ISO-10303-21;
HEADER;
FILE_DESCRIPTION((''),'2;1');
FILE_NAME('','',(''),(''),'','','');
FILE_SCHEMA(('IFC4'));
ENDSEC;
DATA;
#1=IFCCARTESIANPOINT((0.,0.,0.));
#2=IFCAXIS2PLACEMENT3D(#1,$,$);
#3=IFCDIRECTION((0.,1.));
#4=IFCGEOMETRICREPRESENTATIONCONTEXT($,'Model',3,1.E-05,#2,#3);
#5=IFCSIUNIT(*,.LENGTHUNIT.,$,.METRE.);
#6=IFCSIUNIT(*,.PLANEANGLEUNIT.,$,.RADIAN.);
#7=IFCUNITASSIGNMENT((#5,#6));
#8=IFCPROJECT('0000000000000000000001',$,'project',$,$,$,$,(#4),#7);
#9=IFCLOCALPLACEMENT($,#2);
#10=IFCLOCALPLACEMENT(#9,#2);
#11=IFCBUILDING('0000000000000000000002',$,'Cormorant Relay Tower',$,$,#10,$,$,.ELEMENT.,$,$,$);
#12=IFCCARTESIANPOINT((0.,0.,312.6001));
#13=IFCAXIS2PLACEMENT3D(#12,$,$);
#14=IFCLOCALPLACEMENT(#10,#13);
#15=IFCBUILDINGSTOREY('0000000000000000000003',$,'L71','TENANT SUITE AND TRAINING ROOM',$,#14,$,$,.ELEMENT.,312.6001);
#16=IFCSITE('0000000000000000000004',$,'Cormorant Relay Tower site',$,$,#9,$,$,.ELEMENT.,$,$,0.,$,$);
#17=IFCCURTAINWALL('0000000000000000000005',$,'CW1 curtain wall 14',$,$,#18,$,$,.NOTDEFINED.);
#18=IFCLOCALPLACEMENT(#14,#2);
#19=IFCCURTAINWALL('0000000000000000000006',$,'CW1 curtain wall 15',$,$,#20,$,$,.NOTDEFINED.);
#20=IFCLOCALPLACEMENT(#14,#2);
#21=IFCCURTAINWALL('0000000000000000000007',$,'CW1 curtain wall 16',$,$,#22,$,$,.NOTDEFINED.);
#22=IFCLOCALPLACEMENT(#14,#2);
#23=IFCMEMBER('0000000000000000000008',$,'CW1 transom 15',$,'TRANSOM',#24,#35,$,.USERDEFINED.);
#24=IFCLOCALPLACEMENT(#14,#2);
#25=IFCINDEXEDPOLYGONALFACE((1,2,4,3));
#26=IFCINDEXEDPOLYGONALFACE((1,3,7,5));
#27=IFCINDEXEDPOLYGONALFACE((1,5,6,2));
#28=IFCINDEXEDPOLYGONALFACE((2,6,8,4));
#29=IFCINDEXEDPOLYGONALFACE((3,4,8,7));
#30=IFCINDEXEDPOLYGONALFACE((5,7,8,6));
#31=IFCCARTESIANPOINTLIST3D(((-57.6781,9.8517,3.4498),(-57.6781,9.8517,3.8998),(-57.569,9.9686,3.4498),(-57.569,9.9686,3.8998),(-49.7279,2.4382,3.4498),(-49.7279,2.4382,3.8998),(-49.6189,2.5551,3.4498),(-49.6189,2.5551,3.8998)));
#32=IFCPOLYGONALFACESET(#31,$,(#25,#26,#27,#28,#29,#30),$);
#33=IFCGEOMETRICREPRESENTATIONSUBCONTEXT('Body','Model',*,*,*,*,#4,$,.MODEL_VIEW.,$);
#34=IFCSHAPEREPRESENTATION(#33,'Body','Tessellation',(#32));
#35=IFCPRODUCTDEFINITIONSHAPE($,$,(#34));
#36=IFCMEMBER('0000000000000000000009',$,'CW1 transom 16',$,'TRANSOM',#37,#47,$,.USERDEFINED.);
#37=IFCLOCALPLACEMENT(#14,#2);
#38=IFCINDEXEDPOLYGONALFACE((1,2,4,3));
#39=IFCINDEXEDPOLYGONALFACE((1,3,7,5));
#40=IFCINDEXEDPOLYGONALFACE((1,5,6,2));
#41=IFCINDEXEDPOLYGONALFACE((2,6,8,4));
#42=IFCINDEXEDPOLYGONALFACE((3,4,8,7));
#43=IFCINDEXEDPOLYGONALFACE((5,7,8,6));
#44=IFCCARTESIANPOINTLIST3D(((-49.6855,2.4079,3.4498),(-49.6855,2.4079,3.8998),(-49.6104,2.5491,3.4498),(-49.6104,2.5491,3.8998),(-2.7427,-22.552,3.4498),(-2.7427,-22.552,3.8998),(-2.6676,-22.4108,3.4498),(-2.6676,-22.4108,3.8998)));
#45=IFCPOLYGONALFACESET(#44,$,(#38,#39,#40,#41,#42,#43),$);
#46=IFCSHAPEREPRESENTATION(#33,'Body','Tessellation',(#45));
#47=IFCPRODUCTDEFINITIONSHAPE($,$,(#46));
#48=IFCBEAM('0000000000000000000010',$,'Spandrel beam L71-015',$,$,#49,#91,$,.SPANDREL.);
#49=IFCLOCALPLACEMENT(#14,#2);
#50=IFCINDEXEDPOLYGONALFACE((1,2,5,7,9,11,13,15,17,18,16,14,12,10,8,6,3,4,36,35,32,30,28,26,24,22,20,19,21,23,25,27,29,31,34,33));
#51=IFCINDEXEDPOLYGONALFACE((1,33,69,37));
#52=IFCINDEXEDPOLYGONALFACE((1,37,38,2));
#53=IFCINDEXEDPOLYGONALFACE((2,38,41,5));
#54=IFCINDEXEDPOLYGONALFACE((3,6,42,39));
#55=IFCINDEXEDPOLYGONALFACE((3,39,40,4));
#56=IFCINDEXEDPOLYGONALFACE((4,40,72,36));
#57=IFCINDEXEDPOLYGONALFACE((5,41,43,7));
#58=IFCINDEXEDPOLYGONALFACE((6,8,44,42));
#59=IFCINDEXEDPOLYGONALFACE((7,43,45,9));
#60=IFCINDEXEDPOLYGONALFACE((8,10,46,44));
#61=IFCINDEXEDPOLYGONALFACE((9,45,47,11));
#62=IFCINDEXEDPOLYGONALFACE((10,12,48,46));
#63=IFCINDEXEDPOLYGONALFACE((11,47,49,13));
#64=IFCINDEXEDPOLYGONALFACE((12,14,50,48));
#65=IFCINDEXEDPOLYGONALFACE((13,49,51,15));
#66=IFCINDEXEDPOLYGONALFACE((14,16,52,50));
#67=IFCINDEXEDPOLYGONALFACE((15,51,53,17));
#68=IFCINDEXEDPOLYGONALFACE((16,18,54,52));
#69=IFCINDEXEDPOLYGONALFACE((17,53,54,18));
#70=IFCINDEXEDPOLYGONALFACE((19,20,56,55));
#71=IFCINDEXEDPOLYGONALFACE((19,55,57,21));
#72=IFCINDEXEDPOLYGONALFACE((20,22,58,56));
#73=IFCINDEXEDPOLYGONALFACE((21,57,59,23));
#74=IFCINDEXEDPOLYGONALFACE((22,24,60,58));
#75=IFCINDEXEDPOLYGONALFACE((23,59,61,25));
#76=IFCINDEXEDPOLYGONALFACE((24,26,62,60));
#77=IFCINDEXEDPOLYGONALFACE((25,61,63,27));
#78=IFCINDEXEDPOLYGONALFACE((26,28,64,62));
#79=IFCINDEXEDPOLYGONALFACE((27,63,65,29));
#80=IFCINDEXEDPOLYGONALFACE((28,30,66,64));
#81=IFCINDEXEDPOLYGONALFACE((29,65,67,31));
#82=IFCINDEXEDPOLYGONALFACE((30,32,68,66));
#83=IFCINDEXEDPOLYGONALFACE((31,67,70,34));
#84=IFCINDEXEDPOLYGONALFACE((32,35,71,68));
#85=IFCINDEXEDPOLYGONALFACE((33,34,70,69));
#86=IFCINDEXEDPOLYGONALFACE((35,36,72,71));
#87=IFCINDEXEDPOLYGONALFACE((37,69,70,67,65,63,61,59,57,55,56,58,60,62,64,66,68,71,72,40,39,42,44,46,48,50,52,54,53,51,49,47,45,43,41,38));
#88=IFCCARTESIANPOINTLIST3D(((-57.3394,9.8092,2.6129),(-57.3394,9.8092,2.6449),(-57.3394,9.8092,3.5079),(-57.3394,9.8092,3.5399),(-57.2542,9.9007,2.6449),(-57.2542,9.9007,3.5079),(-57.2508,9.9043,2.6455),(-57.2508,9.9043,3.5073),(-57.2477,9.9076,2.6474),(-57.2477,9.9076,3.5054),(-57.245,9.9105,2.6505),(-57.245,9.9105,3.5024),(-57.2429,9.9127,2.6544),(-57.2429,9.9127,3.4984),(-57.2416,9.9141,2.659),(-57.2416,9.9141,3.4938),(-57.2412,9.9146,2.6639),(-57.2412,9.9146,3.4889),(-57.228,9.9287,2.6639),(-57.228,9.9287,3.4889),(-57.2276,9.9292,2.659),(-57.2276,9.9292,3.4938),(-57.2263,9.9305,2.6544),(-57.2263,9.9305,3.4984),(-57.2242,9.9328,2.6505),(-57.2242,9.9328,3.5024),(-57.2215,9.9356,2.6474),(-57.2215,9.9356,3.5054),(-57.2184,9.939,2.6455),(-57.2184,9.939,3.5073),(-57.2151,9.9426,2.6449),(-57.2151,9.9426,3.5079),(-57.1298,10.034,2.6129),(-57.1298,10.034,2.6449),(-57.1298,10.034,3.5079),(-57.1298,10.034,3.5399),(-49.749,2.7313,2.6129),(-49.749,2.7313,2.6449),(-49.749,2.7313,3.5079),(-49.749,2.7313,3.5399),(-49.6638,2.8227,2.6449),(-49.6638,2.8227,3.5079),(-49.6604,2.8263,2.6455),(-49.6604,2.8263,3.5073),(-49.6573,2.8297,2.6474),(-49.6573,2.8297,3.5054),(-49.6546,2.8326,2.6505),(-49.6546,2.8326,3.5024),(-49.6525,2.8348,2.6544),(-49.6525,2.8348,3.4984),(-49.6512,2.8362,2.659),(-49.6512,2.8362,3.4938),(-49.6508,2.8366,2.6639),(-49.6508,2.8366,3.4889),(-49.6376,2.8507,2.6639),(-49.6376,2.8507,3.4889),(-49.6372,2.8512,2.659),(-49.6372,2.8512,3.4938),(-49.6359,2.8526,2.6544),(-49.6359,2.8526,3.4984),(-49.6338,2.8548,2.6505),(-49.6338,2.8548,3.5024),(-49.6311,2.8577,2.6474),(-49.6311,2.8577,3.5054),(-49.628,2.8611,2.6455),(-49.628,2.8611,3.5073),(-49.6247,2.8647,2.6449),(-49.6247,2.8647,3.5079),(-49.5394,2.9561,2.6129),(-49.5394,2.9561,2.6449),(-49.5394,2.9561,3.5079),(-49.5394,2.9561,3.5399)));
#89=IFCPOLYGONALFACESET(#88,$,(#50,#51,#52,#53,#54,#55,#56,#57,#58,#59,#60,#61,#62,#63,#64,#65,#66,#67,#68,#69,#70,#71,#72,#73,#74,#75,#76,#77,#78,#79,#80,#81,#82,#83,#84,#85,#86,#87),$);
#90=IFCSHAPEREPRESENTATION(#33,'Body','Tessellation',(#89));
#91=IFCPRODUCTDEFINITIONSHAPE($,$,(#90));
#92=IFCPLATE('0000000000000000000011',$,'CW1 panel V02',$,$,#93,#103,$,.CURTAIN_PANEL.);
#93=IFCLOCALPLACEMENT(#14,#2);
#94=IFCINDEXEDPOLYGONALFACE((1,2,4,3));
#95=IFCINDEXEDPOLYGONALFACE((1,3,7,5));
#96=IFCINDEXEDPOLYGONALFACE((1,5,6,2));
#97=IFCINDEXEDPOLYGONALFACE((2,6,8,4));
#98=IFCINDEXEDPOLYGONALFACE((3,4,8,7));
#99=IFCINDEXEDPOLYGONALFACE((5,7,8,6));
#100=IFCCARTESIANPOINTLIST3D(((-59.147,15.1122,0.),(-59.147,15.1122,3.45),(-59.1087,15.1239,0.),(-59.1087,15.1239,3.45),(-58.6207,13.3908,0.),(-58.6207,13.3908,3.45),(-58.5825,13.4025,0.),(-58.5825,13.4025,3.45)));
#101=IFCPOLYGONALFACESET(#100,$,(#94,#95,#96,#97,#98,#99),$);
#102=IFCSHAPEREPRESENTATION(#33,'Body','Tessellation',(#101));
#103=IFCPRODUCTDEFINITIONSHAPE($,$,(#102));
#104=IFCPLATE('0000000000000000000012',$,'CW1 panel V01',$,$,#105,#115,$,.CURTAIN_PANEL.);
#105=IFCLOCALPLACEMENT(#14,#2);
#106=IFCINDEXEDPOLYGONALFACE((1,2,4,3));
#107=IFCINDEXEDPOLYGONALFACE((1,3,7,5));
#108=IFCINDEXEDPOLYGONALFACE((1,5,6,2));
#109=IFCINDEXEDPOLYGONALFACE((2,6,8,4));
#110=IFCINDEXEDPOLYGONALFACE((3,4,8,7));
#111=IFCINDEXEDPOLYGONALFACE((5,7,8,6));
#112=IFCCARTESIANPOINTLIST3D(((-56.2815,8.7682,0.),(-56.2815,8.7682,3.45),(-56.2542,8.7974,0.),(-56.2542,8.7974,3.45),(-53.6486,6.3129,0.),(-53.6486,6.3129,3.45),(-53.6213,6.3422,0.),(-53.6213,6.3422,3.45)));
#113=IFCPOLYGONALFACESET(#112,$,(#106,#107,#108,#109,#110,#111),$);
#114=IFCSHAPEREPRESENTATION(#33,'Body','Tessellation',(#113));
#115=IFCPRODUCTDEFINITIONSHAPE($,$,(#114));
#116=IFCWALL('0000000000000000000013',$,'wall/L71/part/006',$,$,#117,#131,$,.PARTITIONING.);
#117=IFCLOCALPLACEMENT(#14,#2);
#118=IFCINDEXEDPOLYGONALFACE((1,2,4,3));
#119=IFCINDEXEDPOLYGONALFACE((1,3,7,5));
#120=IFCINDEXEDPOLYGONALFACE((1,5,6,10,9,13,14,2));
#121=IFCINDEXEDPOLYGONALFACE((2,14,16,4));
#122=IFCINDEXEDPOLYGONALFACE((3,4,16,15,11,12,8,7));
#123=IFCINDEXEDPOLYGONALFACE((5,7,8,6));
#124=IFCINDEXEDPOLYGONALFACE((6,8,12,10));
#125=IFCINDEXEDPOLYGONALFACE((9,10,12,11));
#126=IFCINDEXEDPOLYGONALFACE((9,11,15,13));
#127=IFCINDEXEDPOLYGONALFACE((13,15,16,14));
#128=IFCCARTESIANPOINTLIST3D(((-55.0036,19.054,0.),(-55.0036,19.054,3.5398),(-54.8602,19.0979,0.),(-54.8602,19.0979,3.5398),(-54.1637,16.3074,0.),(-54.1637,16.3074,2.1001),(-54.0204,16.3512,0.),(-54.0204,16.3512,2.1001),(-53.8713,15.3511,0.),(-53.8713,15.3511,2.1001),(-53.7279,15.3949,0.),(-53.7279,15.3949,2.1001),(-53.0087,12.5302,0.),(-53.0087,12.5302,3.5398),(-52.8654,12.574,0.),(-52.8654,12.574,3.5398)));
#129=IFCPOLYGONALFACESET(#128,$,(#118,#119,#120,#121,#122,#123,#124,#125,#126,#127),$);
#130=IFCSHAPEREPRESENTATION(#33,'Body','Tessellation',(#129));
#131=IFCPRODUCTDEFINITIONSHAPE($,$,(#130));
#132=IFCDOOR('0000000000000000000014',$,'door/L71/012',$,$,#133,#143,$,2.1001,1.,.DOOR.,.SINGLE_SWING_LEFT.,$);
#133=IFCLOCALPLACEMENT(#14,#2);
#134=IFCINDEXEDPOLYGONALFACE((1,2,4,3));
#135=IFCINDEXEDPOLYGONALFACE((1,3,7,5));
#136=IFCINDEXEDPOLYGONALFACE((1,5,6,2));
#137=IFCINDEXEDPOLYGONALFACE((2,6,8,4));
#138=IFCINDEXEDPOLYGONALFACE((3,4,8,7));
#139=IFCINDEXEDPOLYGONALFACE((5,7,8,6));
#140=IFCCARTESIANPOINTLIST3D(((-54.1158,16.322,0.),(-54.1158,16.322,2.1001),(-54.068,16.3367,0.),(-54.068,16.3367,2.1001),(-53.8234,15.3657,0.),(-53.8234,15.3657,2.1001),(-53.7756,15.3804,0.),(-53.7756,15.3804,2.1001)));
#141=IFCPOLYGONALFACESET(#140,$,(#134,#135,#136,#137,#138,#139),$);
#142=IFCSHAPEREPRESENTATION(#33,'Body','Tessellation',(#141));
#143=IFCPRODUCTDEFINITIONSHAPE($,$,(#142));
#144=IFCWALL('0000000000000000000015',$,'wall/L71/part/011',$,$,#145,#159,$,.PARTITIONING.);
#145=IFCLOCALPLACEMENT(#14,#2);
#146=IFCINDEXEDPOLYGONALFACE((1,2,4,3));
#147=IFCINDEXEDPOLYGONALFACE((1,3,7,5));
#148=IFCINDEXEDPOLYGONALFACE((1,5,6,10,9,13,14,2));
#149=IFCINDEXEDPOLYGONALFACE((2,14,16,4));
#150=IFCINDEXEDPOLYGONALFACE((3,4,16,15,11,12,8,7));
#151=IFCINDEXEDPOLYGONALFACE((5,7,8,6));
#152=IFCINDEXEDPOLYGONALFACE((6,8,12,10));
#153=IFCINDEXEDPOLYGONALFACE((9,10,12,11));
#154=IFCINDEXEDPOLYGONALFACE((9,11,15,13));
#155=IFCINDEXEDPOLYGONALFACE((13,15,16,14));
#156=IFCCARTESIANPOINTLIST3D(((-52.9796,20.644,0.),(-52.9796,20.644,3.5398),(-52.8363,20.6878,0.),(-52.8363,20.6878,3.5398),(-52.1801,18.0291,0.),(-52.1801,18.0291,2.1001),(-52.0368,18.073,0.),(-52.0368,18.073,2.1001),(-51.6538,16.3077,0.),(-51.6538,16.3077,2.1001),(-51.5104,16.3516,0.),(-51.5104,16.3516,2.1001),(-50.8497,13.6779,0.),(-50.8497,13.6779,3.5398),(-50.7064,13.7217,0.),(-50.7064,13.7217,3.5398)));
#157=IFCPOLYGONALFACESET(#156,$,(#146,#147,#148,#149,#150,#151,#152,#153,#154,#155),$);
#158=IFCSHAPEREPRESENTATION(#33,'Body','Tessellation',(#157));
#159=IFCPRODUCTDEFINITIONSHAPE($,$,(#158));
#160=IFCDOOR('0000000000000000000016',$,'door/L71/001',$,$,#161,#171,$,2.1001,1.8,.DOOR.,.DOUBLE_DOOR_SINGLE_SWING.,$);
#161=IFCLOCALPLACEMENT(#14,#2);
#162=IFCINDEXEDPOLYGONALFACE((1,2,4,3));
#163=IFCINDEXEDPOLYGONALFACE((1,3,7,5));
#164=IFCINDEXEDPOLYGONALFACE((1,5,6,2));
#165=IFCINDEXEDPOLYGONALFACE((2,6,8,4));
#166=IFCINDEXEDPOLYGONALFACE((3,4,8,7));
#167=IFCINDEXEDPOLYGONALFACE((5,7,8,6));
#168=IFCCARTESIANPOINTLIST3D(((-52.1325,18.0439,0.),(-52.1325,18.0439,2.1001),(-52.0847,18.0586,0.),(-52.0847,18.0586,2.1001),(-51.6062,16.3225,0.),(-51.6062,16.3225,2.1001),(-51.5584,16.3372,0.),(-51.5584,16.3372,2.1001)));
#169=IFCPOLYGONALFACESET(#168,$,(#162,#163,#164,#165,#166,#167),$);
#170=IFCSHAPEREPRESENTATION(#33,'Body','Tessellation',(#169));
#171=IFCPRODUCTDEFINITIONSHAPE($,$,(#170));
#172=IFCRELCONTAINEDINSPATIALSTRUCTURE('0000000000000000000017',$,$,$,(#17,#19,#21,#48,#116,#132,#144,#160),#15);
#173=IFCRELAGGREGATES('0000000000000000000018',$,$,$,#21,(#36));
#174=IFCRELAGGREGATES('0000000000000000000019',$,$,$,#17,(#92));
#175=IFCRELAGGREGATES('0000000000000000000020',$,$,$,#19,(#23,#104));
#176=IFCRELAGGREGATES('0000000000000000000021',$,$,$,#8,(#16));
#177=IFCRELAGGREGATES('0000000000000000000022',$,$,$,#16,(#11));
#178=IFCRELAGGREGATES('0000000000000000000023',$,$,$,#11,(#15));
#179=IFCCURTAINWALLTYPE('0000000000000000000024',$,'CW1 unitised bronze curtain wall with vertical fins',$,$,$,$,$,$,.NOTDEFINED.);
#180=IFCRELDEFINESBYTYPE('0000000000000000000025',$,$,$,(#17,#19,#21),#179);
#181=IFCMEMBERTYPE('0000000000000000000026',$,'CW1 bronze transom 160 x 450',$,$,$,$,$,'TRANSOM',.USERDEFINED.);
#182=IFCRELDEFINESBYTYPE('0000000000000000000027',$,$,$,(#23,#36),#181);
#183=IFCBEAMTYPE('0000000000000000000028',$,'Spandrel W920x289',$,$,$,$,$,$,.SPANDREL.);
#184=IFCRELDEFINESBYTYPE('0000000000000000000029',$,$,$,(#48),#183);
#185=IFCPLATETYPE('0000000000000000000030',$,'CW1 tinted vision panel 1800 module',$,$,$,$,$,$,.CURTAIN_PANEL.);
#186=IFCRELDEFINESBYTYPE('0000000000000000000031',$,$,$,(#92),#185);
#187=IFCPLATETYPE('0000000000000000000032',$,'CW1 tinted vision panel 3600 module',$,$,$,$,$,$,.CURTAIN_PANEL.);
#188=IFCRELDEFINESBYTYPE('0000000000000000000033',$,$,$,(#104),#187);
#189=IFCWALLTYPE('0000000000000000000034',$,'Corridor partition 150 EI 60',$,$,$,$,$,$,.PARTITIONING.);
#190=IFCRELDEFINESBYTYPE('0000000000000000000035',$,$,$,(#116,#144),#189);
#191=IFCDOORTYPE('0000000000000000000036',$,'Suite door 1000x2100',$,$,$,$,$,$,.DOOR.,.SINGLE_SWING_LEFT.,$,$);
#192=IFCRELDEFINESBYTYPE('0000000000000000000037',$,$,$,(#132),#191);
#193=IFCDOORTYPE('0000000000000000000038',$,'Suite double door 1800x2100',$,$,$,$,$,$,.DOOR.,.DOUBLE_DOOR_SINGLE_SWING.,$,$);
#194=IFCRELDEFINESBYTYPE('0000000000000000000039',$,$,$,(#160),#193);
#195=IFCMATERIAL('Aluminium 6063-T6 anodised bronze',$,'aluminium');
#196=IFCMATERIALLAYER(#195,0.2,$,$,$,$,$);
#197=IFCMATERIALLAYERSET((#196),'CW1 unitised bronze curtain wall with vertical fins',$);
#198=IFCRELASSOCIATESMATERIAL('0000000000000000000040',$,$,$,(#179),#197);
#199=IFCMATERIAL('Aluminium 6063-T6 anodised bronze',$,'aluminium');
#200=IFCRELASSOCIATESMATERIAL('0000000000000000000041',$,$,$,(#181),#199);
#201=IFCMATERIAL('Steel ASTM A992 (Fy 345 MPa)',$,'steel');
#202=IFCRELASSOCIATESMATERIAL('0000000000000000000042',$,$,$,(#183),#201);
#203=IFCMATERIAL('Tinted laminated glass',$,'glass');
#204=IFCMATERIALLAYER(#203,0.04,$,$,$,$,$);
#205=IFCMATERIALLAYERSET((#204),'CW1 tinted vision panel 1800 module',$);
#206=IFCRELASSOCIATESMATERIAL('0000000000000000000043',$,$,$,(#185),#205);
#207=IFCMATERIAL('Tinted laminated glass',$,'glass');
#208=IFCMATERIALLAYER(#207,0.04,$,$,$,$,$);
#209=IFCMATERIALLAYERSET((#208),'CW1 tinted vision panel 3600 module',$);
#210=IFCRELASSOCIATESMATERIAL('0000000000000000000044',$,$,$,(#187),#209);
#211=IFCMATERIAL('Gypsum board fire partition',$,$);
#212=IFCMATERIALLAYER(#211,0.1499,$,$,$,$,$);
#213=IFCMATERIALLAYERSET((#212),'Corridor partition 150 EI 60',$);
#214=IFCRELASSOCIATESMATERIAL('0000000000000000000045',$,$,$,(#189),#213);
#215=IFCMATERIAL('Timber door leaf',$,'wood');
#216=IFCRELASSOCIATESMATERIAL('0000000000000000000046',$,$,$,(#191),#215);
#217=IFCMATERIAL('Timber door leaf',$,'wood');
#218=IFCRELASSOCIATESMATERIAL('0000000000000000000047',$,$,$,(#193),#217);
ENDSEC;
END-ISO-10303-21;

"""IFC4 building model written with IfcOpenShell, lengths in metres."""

from ifc_helpers import new_model, si_unit, direction, frame, frame_2d, origin, origin_2d, place, context, subcontext, project, spatial, rectangle, i_section, extrude, material, layer, layer_set, material_profile, profile_set, type_object, element, fill, aggregate, save


model = new_model("IFC4")

# Units and contexts
model_context = context("Model", 3, precision=1e-05, world=origin(), true_north=direction((0.0, 1.0)))
body_context = subcontext(model_context, "Body", "Model", "MODEL_VIEW")
ifc_project = project(units=[si_unit("LENGTHUNIT", "METRE"), si_unit("PLANEANGLEUNIT", "RADIAN")], contexts=[model_context])

# Site, building, storey
site_placement = place(None, origin())
site = spatial("IfcSite", under=ifc_project, at=site_placement, Name="Cormorant Relay Tower site", CompositionType="ELEMENT", RefElevation=0.0)
building_placement = place(site_placement, origin())
building = spatial("IfcBuilding", under=site, at=building_placement, Name="Cormorant Relay Tower", CompositionType="ELEMENT")
storey_placement = place(building_placement, frame((0.0, 0.0, 312.6001)))
storey = spatial("IfcBuildingStorey", under=building, at=storey_placement, Name="L71", Description="TENANT SUITE AND TRAINING ROOM", CompositionType="ELEMENT", Elevation=312.6001)

# Curtain wall
ifc_material_1 = material(Name="Aluminium 6063-T6 anodised bronze", Category="aluminium")
ifc_layer_1 = layer(ifc_material_1, 0.2)
ifc_layer_set_1 = layer_set([ifc_layer_1], Name="CW1 unitised bronze curtain wall with vertical fins")
curtain_wall_type = type_object("IfcCurtainWallType", Name="CW1 unitised bronze curtain wall with vertical fins", PredefinedType="NOTDEFINED", material=ifc_layer_set_1)
curtain_wall_1_placement = place(storey_placement, origin())
curtain_wall_1 = element("IfcCurtainWall", 1, at=curtain_wall_1_placement, inside=storey, type_object=curtain_wall_type, Name="CW1 curtain wall 14", PredefinedType="NOTDEFINED")

# Curtain wall
curtain_wall_2_placement = place(storey_placement, origin())
curtain_wall_2 = element("IfcCurtainWall", 2, at=curtain_wall_2_placement, inside=storey, type_object=curtain_wall_type, Name="CW1 curtain wall 15", PredefinedType="NOTDEFINED")

# Curtain wall
curtain_wall_3_placement = place(storey_placement, origin())
curtain_wall_3 = element("IfcCurtainWall", 3, at=curtain_wall_3_placement, inside=storey, type_object=curtain_wall_type, Name="CW1 curtain wall 16", PredefinedType="NOTDEFINED")

# Members
ifc_material_2 = material(Name="Aluminium 6063-T6 anodised bronze", Category="aluminium")
ifc_material_profile_1 = material_profile(ifc_material_2, rectangle(XDim=0.1599, YDim=0.45, at=origin_2d()), Name="AL 160x450")
ifc_profile_set_1 = profile_set([ifc_material_profile_1], Name="Aluminium 6063-T6 anodised bronze")
member_type_1 = type_object("IfcMemberType", Name="CW1 bronze transom 160 x 450", ElementType="TRANSOM", PredefinedType="USERDEFINED", material=ifc_profile_set_1)
member_1_placement = place(storey_placement, frame((-57.6235, 9.9102, 3.6748), z_axis=(0.731358, -0.681993, 0.0), x_axis=(0.681993, 0.731358, 0.0)))
member_1 = element("IfcMember", 4, at=member_1_placement, type_object=member_type_1, Name="CW1 transom 15", ObjectType="TRANSOM", PredefinedType="USERDEFINED", context=body_context, shape_type="SweptSolid", body=[
    extrude(rectangle(XDim=0.1599, YDim=0.45, at=origin_2d()), origin(), (0.0, 0.0, 1.0), 10.8704),
])
member_2_placement = place(storey_placement, frame((-49.6479, 2.4785, 3.6748), z_axis=(0.882948, -0.469471, 0.0), x_axis=(0.469471, 0.882948, 0.0)))
member_2 = element("IfcMember", 5, at=member_2_placement, type_object=member_type_1, Name="CW1 transom 16", ObjectType="TRANSOM", PredefinedType="USERDEFINED", context=body_context, shape_type="SweptSolid", body=[
    extrude(rectangle(XDim=0.1599, YDim=0.45, at=origin_2d()), origin(), (0.0, 0.0, 1.0), 53.166),
])
aggregate(curtain_wall_3, [member_2])

# Beam
ifc_material_3 = material(Name="Steel ASTM A992 (Fy 345 MPa)", Category="steel")
ifc_material_profile_2 = material_profile(ifc_material_3, i_section(OverallWidth=0.3074, OverallDepth=0.927, WebThickness=0.0193, FlangeThickness=0.032, FilletRadius=0.019, at=origin_2d()), Name="W920x289")
ifc_profile_set_2 = profile_set([ifc_material_profile_2], Name="Steel ASTM A992 (Fy 345 MPa)")
beam_type = type_object("IfcBeamType", Name="Spandrel W920x289", PredefinedType="SPANDREL", material=ifc_profile_set_2)
beam_placement = place(storey_placement, frame((-57.2346, 9.9216, 3.0764), z_axis=(0.731364, -0.681987, 0.0), x_axis=(0.681987, 0.731364, 0.0)))
element("IfcBeam", 6, at=beam_placement, inside=storey, type_object=beam_type, Name="Spandrel beam L71-015", PredefinedType="SPANDREL", context=body_context, shape_type="SweptSolid", body=[
    extrude(i_section(OverallWidth=0.3074, OverallDepth=0.927, WebThickness=0.0193, FlangeThickness=0.032, FilletRadius=0.019, at=origin_2d()), origin(), (0.0, 0.0, 1.0), 10.3784),
])

# Plates
ifc_material_4 = material(Name="Tinted laminated glass", Category="glass")
ifc_layer_2 = layer(ifc_material_4, 0.04)
ifc_layer_set_2 = layer_set([ifc_layer_2], Name="CW1 tinted vision panel 1800 module")
plate_type_1 = type_object("IfcPlateType", Name="CW1 tinted vision panel 1800 module", PredefinedType="CURTAIN_PANEL", material=ifc_layer_set_2)
plate_1_placement = place(storey_placement, frame((-58.8647, 14.2573, 0.0), z_axis=(0.0, 0.0, 1.0), x_axis=(0.292372, -0.956305, 0.0)))
plate_1 = element("IfcPlate", 7, at=plate_1_placement, type_object=plate_type_1, Name="CW1 panel V02", PredefinedType="CURTAIN_PANEL", context=body_context, shape_type="SweptSolid", body=[
    extrude(rectangle(XDim=1.8, YDim=0.04, at=origin_2d()), origin(), (0.0, 0.0, 1.0), 3.45),
])
ifc_material_5 = material(Name="Tinted laminated glass", Category="glass")
ifc_layer_3 = layer(ifc_material_5, 0.04)
ifc_layer_set_3 = layer_set([ifc_layer_3], Name="CW1 tinted vision panel 3600 module")
plate_type_2 = type_object("IfcPlateType", Name="CW1 tinted vision panel 3600 module", PredefinedType="CURTAIN_PANEL", material=ifc_layer_set_3)
plate_2_placement = place(storey_placement, frame((-54.9514, 7.5552, 0.0), z_axis=(0.0, 0.0, 1.0), x_axis=(0.731354, -0.681998, 0.0)))
plate_2 = element("IfcPlate", 8, at=plate_2_placement, type_object=plate_type_2, Name="CW1 panel V01", PredefinedType="CURTAIN_PANEL", context=body_context, shape_type="SweptSolid", body=[
    extrude(rectangle(XDim=3.6001, YDim=0.04, at=origin_2d()), origin(), (0.0, 0.0, 1.0), 3.45),
])

# Walls, openings, doors
ifc_material_6 = material(Name="Gypsum board fire partition")
ifc_layer_4 = layer(ifc_material_6, 0.1499)
ifc_layer_set_4 = layer_set([ifc_layer_4], Name="Corridor partition 150 EI 60")
wall_type_1 = type_object("IfcWallType", Name="Corridor partition 150 EI 60", PredefinedType="PARTITIONING", material=ifc_layer_set_4)
wall_1_placement = place(storey_placement, frame((-52.937, 12.552, 0.0), z_axis=(0.0, 0.0, 1.0), x_axis=(-0.292413, 0.956292, 0.0)))
wall_1 = element("IfcWall", 9, at=wall_1_placement, inside=storey, type_object=wall_type_1, Name="wall/L71/part/006", PredefinedType="PARTITIONING", context=body_context, shape_type="SweptSolid", body=[
    extrude(rectangle(XDim=6.822, YDim=0.1499, at=frame_2d((3.4111, 0.0))), origin(), (0.0, 0.0, 1.0), 3.5398),
])
opening_1_placement = place(wall_1_placement, frame((2.95, 0.0, 0.0)))
opening_1 = element("IfcOpeningElement", 10, at=opening_1_placement, cuts=wall_1, PredefinedType="OPENING", context=body_context, shape_type="SweptSolid", body=[
    extrude(rectangle(XDim=1.0, YDim=2.1001, at=frame_2d((0.5, 1.05))), frame((0.0, 0.085, 0.0), z_axis=(0.0, -1.0, 0.0), x_axis=(1.0, 0.0, 0.0)), (0.0, 0.0, 1.0), 0.1699),
])
ifc_material_7 = material(Name="Timber door leaf", Category="wood")
door_type_1 = type_object("IfcDoorType", Name="Suite door 1000x2100", OperationType="SINGLE_SWING_LEFT", PredefinedType="DOOR", material=ifc_material_7)
door_1_placement = place(opening_1_placement, origin())
door_1 = element("IfcDoor", 11, at=door_1_placement, inside=storey, type_object=door_type_1, Name="door/L71/012", OperationType="SINGLE_SWING_LEFT", OverallHeight=2.1001, OverallWidth=1.0, PredefinedType="DOOR", context=body_context, shape_type="SweptSolid", body=[
    extrude(rectangle(XDim=1.0, YDim=2.1001, at=frame_2d((0.5, 1.05))), frame((0.0, 0.0249, 0.0), z_axis=(0.0, -1.0, 0.0), x_axis=(1.0, 0.0, 0.0)), (0.0, 0.0, 1.0), 0.05),
])
fill(opening_1, door_1)
wall_2_placement = place(storey_placement, frame((-50.7781, 13.7, 0.0), z_axis=(0.0, 0.0, 1.0), x_axis=(-0.29239, 0.956299, 0.0)))
wall_2 = element("IfcWall", 12, at=wall_2_placement, inside=storey, type_object=wall_type_1, Name="wall/L71/part/011", PredefinedType="PARTITIONING", context=body_context, shape_type="SweptSolid", body=[
    extrude(rectangle(XDim=7.2844, YDim=0.1499, at=frame_2d((3.6421, 0.0))), origin(), (0.0, 0.0, 1.0), 3.5398),
])
opening_2_placement = place(wall_2_placement, frame((2.75, 0.0, 0.0)))
opening_2 = element("IfcOpeningElement", 13, at=opening_2_placement, cuts=wall_2, PredefinedType="OPENING", context=body_context, shape_type="SweptSolid", body=[
    extrude(rectangle(XDim=1.8, YDim=2.1001, at=frame_2d((0.8999, 1.05))), frame((0.0, 0.085, 0.0), z_axis=(0.0, -1.0, 0.0), x_axis=(1.0, 0.0, 0.0)), (0.0, 0.0, 1.0), 0.1699),
])
ifc_material_8 = material(Name="Timber door leaf", Category="wood")
door_type_2 = type_object("IfcDoorType", Name="Suite double door 1800x2100", OperationType="DOUBLE_DOOR_SINGLE_SWING", PredefinedType="DOOR", material=ifc_material_8)
door_2_placement = place(opening_2_placement, frame((1.8, 0.0, 0.0), z_axis=(0.0, 0.0, 1.0), x_axis=(-1.0, 0.0, 0.0)))
door_2 = element("IfcDoor", 14, at=door_2_placement, inside=storey, type_object=door_type_2, Name="door/L71/001", OperationType="DOUBLE_DOOR_SINGLE_SWING", OverallHeight=2.1001, OverallWidth=1.8, PredefinedType="DOOR", context=body_context, shape_type="SweptSolid", body=[
    extrude(rectangle(XDim=1.8, YDim=2.1001, at=frame_2d((0.8999, 1.05))), frame((0.0, 0.0249, 0.0), z_axis=(0.0, -1.0, 0.0), x_axis=(1.0, 0.0, 0.0)), (0.0, 0.0, 1.0), 0.05),
])
fill(opening_2, door_2)

aggregate(curtain_wall_1, [plate_1])
aggregate(curtain_wall_2, [member_1, plate_2])

save(model, "model.ifc")
